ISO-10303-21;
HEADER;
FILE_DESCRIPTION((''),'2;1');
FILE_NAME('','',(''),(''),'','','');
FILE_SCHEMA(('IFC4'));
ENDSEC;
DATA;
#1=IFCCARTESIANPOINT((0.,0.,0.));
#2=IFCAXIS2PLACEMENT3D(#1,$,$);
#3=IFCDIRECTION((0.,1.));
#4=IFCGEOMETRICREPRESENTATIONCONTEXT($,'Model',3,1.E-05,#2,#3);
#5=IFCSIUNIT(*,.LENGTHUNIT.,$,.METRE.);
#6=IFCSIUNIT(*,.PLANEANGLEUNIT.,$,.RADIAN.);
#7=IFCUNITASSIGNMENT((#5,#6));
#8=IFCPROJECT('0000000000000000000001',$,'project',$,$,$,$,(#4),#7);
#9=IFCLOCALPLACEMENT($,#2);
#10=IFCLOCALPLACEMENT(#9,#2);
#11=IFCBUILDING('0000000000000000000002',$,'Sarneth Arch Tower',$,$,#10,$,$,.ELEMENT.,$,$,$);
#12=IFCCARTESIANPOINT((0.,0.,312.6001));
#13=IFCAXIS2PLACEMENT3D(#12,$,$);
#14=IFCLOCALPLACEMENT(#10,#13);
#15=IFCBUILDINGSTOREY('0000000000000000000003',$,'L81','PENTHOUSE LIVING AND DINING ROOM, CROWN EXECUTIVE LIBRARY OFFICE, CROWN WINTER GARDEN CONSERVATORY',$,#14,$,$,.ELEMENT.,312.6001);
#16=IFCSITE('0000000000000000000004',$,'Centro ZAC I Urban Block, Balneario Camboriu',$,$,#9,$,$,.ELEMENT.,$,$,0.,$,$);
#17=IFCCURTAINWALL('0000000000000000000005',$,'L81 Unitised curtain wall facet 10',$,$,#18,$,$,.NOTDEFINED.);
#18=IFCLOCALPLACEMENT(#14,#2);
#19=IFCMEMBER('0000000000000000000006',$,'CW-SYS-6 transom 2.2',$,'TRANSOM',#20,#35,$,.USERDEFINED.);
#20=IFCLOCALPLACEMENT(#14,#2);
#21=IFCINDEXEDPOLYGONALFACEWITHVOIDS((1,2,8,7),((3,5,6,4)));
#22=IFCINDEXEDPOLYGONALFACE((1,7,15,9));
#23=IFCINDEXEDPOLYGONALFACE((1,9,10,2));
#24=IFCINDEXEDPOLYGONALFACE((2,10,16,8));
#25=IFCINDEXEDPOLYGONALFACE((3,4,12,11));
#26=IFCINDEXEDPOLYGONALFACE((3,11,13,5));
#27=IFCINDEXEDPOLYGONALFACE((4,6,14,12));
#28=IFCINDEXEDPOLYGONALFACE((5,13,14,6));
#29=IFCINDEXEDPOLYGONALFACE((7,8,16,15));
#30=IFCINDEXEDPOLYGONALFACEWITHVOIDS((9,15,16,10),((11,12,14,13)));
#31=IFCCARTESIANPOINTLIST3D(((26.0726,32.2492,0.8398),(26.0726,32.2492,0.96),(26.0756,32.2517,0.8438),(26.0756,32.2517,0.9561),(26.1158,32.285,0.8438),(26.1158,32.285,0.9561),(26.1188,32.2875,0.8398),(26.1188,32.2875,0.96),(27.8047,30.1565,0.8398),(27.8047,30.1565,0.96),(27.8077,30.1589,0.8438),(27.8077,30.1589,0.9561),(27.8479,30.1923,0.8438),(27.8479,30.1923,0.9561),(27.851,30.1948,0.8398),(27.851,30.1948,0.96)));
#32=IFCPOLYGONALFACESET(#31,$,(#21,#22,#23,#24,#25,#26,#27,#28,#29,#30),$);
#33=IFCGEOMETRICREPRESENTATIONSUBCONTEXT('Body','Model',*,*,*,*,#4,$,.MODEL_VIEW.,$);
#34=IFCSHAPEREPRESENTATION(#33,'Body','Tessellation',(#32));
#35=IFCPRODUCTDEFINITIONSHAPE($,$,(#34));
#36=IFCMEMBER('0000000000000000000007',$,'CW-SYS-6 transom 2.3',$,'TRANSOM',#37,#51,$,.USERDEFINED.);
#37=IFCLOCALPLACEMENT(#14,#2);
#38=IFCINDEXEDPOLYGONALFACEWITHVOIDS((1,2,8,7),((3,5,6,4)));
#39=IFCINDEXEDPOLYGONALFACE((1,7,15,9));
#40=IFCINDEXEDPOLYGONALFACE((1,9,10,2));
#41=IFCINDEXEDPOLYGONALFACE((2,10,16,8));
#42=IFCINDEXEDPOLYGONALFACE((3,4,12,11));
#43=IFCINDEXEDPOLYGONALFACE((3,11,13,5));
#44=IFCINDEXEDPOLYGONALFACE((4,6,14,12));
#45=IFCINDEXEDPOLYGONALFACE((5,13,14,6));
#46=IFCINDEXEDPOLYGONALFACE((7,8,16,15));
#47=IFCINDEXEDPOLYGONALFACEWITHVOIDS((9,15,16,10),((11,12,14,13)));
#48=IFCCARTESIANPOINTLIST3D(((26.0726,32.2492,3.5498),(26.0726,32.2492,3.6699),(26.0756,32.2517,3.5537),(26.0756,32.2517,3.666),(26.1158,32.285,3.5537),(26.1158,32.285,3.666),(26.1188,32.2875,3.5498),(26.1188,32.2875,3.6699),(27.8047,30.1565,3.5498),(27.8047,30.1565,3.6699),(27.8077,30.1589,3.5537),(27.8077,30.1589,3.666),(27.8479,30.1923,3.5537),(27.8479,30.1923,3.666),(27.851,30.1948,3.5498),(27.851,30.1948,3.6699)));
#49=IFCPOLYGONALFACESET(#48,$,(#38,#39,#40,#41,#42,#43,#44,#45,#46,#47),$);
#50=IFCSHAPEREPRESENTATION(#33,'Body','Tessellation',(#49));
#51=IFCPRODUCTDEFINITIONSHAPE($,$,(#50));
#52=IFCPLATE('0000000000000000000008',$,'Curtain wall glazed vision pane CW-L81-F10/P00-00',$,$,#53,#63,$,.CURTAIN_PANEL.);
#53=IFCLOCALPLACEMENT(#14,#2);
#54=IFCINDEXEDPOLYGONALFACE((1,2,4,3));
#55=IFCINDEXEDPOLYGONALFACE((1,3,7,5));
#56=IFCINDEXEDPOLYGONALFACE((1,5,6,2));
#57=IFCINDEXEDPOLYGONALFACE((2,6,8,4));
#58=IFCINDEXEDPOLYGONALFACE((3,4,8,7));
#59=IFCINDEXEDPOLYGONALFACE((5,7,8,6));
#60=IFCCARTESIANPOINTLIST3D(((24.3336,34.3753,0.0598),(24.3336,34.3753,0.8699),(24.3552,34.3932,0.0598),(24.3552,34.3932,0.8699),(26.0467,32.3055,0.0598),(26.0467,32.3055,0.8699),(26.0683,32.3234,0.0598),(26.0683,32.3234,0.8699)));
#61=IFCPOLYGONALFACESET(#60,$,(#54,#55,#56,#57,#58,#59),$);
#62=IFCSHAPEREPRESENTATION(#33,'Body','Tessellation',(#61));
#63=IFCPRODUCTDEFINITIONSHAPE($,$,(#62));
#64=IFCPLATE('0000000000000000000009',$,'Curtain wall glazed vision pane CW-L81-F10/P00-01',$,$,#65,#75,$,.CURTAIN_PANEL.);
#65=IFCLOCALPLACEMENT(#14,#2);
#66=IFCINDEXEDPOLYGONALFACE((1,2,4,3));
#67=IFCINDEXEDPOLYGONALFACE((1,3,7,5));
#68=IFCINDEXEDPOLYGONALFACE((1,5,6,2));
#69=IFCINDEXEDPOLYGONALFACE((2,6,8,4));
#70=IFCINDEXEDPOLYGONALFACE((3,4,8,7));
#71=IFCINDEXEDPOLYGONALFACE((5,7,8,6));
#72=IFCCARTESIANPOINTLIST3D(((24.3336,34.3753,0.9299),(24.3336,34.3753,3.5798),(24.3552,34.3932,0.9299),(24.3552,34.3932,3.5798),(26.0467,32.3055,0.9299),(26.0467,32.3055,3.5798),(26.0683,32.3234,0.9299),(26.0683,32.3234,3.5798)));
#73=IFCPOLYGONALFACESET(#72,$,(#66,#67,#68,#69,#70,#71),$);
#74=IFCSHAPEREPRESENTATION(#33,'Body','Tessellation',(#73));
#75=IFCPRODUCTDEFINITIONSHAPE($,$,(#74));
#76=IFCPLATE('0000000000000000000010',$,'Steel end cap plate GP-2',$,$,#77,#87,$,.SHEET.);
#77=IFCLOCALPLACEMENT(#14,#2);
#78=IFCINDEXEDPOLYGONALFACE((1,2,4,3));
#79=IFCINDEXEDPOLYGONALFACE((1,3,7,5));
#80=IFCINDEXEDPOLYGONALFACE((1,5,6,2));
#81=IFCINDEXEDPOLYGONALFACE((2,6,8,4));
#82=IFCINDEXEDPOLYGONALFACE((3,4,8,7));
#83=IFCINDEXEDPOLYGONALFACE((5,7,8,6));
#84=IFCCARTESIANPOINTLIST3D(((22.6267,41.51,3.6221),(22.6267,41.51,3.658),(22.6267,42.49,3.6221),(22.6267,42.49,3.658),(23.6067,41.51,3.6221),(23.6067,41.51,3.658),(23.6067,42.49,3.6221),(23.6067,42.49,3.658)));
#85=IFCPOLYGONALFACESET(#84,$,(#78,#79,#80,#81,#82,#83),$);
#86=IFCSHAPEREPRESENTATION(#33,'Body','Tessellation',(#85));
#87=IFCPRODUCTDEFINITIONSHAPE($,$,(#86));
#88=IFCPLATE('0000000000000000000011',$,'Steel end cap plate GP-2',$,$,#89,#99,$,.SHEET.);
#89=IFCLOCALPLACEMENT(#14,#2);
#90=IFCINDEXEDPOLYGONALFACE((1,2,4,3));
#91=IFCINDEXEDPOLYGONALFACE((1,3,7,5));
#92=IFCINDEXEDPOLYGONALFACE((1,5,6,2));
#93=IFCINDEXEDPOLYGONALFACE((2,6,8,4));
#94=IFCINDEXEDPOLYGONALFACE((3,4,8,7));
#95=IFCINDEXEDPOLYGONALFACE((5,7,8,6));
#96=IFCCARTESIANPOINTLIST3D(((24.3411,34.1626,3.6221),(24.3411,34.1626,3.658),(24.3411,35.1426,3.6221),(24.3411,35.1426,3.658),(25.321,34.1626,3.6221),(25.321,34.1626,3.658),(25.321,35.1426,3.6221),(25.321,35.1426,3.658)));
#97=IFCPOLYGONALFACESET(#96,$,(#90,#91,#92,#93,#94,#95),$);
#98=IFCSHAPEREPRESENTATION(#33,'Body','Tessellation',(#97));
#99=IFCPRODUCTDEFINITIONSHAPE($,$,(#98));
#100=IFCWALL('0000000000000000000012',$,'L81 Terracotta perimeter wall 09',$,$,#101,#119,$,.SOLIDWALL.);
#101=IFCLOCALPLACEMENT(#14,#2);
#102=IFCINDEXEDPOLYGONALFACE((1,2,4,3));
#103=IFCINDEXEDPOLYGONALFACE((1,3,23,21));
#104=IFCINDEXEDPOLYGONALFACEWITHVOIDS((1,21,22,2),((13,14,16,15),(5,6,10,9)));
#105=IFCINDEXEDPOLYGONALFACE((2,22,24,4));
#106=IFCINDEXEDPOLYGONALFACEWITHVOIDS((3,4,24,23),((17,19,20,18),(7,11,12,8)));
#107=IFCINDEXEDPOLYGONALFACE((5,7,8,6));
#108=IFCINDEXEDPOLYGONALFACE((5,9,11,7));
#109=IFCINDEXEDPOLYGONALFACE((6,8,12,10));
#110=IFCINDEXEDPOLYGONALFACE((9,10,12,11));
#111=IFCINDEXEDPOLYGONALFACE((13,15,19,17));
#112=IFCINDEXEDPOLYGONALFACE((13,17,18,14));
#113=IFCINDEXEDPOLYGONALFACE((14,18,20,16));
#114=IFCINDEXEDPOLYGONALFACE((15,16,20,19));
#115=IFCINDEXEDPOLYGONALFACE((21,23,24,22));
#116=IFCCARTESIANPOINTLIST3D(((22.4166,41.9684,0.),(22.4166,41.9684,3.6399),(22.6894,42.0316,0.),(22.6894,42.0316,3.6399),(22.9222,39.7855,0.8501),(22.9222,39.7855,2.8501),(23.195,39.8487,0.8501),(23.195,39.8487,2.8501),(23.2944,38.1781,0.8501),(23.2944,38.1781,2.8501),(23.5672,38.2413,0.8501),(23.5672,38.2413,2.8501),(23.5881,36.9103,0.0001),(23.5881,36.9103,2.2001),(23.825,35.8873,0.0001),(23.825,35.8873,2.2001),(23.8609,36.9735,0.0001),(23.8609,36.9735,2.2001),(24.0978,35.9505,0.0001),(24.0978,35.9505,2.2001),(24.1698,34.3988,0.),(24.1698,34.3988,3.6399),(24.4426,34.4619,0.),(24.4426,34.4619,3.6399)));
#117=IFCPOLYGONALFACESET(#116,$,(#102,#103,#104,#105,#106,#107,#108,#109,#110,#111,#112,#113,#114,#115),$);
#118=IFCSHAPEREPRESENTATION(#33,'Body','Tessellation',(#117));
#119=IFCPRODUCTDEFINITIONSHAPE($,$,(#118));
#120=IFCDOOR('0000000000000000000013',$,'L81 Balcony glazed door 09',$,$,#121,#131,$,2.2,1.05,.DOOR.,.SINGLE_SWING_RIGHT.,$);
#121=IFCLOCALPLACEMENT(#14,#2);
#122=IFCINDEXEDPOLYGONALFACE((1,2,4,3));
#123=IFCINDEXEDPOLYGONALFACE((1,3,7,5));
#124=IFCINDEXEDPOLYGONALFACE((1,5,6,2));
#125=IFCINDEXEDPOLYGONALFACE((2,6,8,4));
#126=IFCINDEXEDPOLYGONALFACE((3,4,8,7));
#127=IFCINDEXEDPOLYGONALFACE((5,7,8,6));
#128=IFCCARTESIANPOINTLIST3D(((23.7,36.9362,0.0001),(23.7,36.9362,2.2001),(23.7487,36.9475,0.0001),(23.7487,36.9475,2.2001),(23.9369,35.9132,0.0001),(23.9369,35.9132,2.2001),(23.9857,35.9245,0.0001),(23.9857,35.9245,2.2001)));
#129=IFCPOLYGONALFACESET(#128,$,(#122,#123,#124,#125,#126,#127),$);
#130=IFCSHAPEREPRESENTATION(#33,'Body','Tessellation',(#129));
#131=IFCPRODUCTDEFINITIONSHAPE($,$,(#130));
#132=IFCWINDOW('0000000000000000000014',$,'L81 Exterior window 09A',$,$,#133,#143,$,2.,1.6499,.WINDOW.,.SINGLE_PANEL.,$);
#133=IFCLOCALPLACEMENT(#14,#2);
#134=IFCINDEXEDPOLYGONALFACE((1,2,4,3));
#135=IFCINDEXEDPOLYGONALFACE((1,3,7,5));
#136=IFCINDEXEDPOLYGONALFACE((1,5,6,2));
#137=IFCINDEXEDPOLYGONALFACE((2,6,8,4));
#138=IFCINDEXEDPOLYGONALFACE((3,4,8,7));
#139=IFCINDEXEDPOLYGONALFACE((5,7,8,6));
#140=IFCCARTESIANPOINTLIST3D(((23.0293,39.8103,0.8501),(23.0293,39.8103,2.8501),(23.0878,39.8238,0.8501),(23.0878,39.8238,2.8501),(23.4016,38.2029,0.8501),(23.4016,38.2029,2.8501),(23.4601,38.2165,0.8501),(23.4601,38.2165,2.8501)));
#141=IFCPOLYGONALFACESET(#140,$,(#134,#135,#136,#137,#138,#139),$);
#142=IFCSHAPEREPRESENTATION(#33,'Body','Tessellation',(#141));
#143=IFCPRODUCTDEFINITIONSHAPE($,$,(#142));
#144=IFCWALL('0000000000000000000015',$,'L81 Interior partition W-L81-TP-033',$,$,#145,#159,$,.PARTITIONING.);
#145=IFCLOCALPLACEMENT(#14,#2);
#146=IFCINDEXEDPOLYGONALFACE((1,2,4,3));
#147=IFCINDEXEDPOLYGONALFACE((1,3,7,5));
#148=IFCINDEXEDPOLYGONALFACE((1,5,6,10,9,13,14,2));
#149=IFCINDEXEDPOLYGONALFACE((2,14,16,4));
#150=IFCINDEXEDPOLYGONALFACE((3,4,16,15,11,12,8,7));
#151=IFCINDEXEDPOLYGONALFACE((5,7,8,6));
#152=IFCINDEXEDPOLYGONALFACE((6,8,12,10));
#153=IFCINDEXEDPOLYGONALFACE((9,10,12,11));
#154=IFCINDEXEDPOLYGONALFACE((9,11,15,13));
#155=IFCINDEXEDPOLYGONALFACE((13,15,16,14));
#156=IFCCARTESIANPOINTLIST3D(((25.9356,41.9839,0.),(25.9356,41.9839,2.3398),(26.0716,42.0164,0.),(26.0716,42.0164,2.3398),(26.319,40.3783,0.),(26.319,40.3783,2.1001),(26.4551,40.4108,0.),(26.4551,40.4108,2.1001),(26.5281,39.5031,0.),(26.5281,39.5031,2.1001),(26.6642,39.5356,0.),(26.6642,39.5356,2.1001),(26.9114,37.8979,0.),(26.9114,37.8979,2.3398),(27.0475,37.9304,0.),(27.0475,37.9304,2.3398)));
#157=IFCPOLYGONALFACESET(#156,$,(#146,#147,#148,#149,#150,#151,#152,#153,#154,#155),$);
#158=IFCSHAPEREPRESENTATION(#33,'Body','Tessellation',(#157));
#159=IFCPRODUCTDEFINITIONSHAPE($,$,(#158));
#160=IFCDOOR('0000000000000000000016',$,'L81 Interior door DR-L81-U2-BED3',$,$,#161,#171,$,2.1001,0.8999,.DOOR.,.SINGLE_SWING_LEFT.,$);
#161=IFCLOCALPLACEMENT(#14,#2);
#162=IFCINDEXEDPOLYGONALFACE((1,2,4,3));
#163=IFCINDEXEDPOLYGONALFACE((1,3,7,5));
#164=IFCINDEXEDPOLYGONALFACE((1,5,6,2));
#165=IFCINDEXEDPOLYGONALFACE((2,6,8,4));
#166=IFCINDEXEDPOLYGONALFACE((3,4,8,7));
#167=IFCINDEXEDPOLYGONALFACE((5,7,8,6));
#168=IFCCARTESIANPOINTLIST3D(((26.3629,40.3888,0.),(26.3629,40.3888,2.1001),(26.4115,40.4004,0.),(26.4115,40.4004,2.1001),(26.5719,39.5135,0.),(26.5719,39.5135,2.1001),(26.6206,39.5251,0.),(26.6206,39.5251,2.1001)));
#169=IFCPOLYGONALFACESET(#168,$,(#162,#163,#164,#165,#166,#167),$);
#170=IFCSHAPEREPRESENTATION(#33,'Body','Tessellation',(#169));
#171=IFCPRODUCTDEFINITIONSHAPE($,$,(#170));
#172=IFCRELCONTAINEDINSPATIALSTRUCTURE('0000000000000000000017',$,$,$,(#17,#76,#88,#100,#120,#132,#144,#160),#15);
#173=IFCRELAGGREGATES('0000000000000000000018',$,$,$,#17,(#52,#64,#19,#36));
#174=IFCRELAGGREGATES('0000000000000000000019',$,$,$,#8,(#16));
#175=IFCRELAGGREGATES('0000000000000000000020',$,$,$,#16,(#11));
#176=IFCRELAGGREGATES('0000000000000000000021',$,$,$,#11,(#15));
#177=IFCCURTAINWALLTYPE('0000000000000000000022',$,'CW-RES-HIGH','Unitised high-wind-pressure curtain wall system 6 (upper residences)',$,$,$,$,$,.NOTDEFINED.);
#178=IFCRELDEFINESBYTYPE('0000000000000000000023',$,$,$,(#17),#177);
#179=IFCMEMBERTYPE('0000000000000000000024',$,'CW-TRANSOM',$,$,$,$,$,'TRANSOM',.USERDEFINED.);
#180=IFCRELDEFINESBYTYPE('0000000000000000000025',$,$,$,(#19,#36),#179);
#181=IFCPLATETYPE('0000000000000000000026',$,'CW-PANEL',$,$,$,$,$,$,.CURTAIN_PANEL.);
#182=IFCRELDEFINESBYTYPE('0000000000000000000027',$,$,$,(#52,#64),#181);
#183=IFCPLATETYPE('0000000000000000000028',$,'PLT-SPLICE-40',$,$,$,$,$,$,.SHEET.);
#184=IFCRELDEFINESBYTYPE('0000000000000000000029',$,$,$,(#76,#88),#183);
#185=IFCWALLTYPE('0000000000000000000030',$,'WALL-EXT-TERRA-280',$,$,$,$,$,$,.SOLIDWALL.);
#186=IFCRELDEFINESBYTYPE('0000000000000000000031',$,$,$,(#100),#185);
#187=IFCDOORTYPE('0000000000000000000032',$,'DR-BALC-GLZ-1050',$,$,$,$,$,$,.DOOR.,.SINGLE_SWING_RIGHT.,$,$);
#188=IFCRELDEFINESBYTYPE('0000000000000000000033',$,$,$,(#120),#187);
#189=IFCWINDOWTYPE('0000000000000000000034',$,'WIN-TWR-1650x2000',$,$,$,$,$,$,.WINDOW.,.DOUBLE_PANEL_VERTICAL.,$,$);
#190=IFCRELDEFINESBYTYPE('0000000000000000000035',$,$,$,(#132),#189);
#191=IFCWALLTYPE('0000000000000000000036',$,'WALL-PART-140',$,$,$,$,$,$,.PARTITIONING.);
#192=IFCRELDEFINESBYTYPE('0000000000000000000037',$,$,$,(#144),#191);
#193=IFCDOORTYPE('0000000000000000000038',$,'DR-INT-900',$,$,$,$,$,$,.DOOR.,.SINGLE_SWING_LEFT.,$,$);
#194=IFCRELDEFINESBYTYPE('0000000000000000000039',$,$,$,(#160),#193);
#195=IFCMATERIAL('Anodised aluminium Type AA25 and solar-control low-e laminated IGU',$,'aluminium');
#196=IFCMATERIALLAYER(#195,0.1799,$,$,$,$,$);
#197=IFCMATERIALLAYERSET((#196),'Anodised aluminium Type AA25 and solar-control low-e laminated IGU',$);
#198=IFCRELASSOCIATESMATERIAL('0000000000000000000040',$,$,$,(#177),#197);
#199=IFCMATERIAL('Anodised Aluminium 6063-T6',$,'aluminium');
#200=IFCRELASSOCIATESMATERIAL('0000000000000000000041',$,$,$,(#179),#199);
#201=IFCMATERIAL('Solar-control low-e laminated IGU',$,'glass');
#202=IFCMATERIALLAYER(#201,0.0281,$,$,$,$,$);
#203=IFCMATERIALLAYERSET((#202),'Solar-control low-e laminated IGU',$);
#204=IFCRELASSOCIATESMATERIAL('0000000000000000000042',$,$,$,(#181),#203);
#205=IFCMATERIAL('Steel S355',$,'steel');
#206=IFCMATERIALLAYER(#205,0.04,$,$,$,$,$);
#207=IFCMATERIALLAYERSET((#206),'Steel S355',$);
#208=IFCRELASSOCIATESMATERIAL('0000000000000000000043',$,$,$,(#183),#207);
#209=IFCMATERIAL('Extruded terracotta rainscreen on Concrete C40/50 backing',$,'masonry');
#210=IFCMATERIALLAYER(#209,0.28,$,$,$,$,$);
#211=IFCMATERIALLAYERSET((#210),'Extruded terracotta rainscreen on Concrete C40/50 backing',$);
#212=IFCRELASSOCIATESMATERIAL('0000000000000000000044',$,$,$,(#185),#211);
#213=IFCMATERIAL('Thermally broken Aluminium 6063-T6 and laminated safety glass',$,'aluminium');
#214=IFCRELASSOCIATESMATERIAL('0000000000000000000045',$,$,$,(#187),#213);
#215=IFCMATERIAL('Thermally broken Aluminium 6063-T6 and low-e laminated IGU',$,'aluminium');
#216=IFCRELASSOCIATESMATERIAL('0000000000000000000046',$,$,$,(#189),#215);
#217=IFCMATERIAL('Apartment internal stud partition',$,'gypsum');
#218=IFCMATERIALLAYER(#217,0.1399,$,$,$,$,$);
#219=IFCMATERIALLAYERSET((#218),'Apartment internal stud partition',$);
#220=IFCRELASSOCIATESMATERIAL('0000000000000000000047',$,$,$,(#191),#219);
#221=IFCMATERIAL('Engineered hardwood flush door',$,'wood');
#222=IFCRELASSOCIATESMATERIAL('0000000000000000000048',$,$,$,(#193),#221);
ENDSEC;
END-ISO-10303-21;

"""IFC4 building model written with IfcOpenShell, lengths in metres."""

from ifc_helpers import new_model, si_unit, direction, frame, frame_2d, origin, origin_2d, place, context, subcontext, project, spatial, rectangle, hollow_rectangle, extrude, material, layer, layer_set, material_profile, profile_set, type_object, element, fill, aggregate, save


model = new_model("IFC4")

# Units and contexts
model_context = context("Model", 3, precision=1e-05, world=origin(), true_north=direction((0.0, 1.0)))
body_context = subcontext(model_context, "Body", "Model", "MODEL_VIEW")
ifc_project = project(units=[si_unit("LENGTHUNIT", "METRE"), si_unit("PLANEANGLEUNIT", "RADIAN")], contexts=[model_context])

# Site, building, storey
site_placement = place(None, origin())
site = spatial("IfcSite", under=ifc_project, at=site_placement, Name="Centro ZAC I Urban Block, Balneario Camboriu", CompositionType="ELEMENT", RefElevation=0.0)
building_placement = place(site_placement, origin())
building = spatial("IfcBuilding", under=site, at=building_placement, Name="Sarneth Arch Tower", CompositionType="ELEMENT")
storey_placement = place(building_placement, frame((0.0, 0.0, 312.6001)))
storey = spatial("IfcBuildingStorey", under=building, at=storey_placement, Name="L81", Description="PENTHOUSE LIVING AND DINING ROOM, CROWN EXECUTIVE LIBRARY OFFICE, CROWN WINTER GARDEN CONSERVATORY", CompositionType="ELEMENT", Elevation=312.6001)

# Curtain wall, members, plates
ifc_material_1 = material(Name="Anodised aluminium Type AA25 and solar-control low-e laminated IGU", Category="aluminium")
ifc_layer_1 = layer(ifc_material_1, 0.1799)
ifc_layer_set_1 = layer_set([ifc_layer_1], Name="Anodised aluminium Type AA25 and solar-control low-e laminated IGU")
curtain_wall_type = type_object("IfcCurtainWallType", Name="CW-RES-HIGH", Description="Unitised high-wind-pressure curtain wall system 6 (upper residences)", PredefinedType="NOTDEFINED", material=ifc_layer_set_1)
curtain_wall_placement = place(storey_placement, origin())
curtain_wall = element("IfcCurtainWall", 1, at=curtain_wall_placement, inside=storey, type_object=curtain_wall_type, Name="L81 Unitised curtain wall facet 10", PredefinedType="NOTDEFINED")
ifc_material_2 = material(Name="Anodised Aluminium 6063-T6", Category="aluminium")
ifc_material_profile_1 = material_profile(ifc_material_2, hollow_rectangle(XDim=0.0601, YDim=0.1201, WallThickness=0.0039, at=origin_2d()), Name="AL-TRAN-120x60x4")
ifc_profile_set_1 = profile_set([ifc_material_profile_1], Name="Anodised Aluminium 6063-T6")
member_type_1 = type_object("IfcMemberType", Name="CW-TRANSOM", ElementType="TRANSOM", PredefinedType="USERDEFINED", material=ifc_profile_set_1)
member_1_placement = place(storey_placement, frame((26.0957, 32.2683, 0.8999), z_axis=(0.637617, -0.770353, 0.0), x_axis=(0.770353, 0.637617, 0.0)))
member_1 = element("IfcMember", 2, at=member_1_placement, type_object=member_type_1, Name="CW-SYS-6 transom 2.2", ObjectType="TRANSOM", PredefinedType="USERDEFINED", context=body_context, shape_type="SweptSolid", body=[
    extrude(hollow_rectangle(XDim=0.0601, YDim=0.1201, WallThickness=0.0039, at=origin_2d()), origin(), (0.0, 0.0, 1.0), 2.7166),
])
member_2_placement = place(storey_placement, frame((26.0957, 32.2683, 3.6099), z_axis=(0.637617, -0.770353, 0.0), x_axis=(0.770353, 0.637617, 0.0)))
member_2 = element("IfcMember", 3, at=member_2_placement, type_object=member_type_1, Name="CW-SYS-6 transom 2.3", ObjectType="TRANSOM", PredefinedType="USERDEFINED", context=body_context, shape_type="SweptSolid", body=[
    extrude(hollow_rectangle(XDim=0.0601, YDim=0.1201, WallThickness=0.0039, at=origin_2d()), origin(), (0.0, 0.0, 1.0), 2.7166),
])
ifc_material_3 = material(Name="Solar-control low-e laminated IGU", Category="glass")
ifc_layer_2 = layer(ifc_material_3, 0.0281)
ifc_layer_set_2 = layer_set([ifc_layer_2], Name="Solar-control low-e laminated IGU")
plate_type_1 = type_object("IfcPlateType", Name="CW-PANEL", PredefinedType="CURTAIN_PANEL", material=ifc_layer_set_2)
plate_1_placement = place(storey_placement, frame((25.2009, 33.3494, 0.0598), z_axis=(0.0, 0.0, 1.0), x_axis=(0.63761, -0.770359, 0.0)))
plate_1 = element("IfcPlate", 4, at=plate_1_placement, type_object=plate_type_1, Name="Curtain wall glazed vision pane CW-L81-F10/P00-00", PredefinedType="CURTAIN_PANEL", context=body_context, shape_type="SweptSolid", body=[
    extrude(rectangle(XDim=2.6868, YDim=0.0281, at=origin_2d()), origin(), (0.0, 0.0, 1.0), 0.8101),
])
plate_2_placement = place(storey_placement, frame((25.2009, 33.3494, 0.9299), z_axis=(0.0, 0.0, 1.0), x_axis=(0.63761, -0.770359, 0.0)))
plate_2 = element("IfcPlate", 5, at=plate_2_placement, type_object=plate_type_1, Name="Curtain wall glazed vision pane CW-L81-F10/P00-01", PredefinedType="CURTAIN_PANEL", context=body_context, shape_type="SweptSolid", body=[
    extrude(rectangle(XDim=2.6868, YDim=0.0281, at=origin_2d()), origin(), (0.0, 0.0, 1.0), 2.6499),
])
aggregate(curtain_wall, [plate_1, plate_2, member_1, member_2])

# Plates
ifc_material_4 = material(Name="Steel S355", Category="steel")
ifc_layer_3 = layer(ifc_material_4, 0.04)
ifc_layer_set_3 = layer_set([ifc_layer_3], Name="Steel S355")
plate_type_2 = type_object("IfcPlateType", Name="PLT-SPLICE-40", PredefinedType="SHEET", material=ifc_layer_set_3)
for number, where, z_axis, x_axis, name in (
    (6, (23.1167, 42.0, 3.6221), (0.0, 0.0, 1.0), (1.0, 0.0, 0.0), "Steel end cap plate GP-2"),
    (7, (24.8311, 34.6526, 3.6221), (0.0, 0.0, 1.0), (1.0, 0.0, 0.0), "Steel end cap plate GP-2"),
):
    element("IfcPlate", number, at=place(storey_placement, frame(where, z_axis=z_axis, x_axis=x_axis)), inside=storey, type_object=plate_type_2, Name=name, PredefinedType="SHEET", context=body_context, shape_type="SweptSolid", body=[
        extrude(rectangle(XDim=0.98, YDim=0.98, at=origin_2d()), origin(), (0.0, 0.0, 1.0), 0.0359),
    ])

# Wall, openings, door, window
ifc_material_5 = material(Name="Extruded terracotta rainscreen on Concrete C40/50 backing", Category="masonry")
ifc_layer_4 = layer(ifc_material_5, 0.28)
ifc_layer_set_4 = layer_set([ifc_layer_4], Name="Extruded terracotta rainscreen on Concrete C40/50 backing")
wall_type_1 = type_object("IfcWallType", Name="WALL-EXT-TERRA-280", PredefinedType="SOLIDWALL", material=ifc_layer_set_4)
wall_1_placement = place(storey_placement, frame((22.553, 42.0, 0.0), z_axis=(0.0, 0.0, 1.0), x_axis=(0.225635, -0.974212, 0.0)))
wall_1 = element("IfcWall", 8, at=wall_1_placement, inside=storey, type_object=wall_type_1, Name="L81 Terracotta perimeter wall 09", PredefinedType="SOLIDWALL", context=body_context, shape_type="SweptSolid", body=[
    extrude(rectangle(XDim=7.77, YDim=0.28, at=frame_2d((3.885, 0.0))), origin(), (0.0, 0.0, 1.0), 3.6399),
])
opening_1_placement = place(wall_1_placement, frame((2.2407, 0.0, 0.8501)))
opening_1 = element("IfcOpeningElement", 9, at=opening_1_placement, cuts=wall_1, PredefinedType="OPENING", context=body_context, shape_type="SweptSolid", body=[
    extrude(rectangle(XDim=1.6499, YDim=2.0, at=frame_2d((0.825, 1.0))), frame((0.0, 0.1499, 0.0), z_axis=(0.0, -1.0, 0.0), x_axis=(1.0, 0.0, 0.0)), (0.0, 0.0, 1.0), 0.3),
])
opening_2_placement = place(wall_1_placement, frame((5.1921, 0.0, 0.0)))
opening_2 = element("IfcOpeningElement", 10, at=opening_2_placement, cuts=wall_1, PredefinedType="OPENING", context=body_context, shape_type="SweptSolid", body=[
    extrude(rectangle(XDim=1.05, YDim=2.2, at=frame_2d((0.5249, 1.1001))), frame((0.0, 0.1499, 0.0), z_axis=(0.0, -1.0, 0.0), x_axis=(1.0, 0.0, 0.0)), (0.0, 0.0, 1.0), 0.3),
])
ifc_material_6 = material(Name="Thermally broken Aluminium 6063-T6 and laminated safety glass", Category="aluminium")
door_type_1 = type_object("IfcDoorType", Name="DR-BALC-GLZ-1050", OperationType="SINGLE_SWING_RIGHT", PredefinedType="DOOR", material=ifc_material_6)
door_1_placement = place(opening_2_placement, origin())
door_1 = element("IfcDoor", 11, at=door_1_placement, inside=storey, type_object=door_type_1, Name="L81 Balcony glazed door 09", OperationType="SINGLE_SWING_RIGHT", OverallHeight=2.2, OverallWidth=1.05, PredefinedType="DOOR", context=body_context, shape_type="SweptSolid", body=[
    extrude(rectangle(XDim=1.05, YDim=2.2, at=frame_2d((0.5249, 1.1001))), frame((0.0, 0.0249, 0.0), z_axis=(0.0, -1.0, 0.0), x_axis=(1.0, 0.0, 0.0)), (0.0, 0.0, 1.0), 0.05),
])
fill(opening_2, door_1)
ifc_material_7 = material(Name="Thermally broken Aluminium 6063-T6 and low-e laminated IGU", Category="aluminium")
window_type = type_object("IfcWindowType", Name="WIN-TWR-1650x2000", PartitioningType="DOUBLE_PANEL_VERTICAL", PredefinedType="WINDOW", material=ifc_material_7)
window_placement = place(opening_1_placement, origin())
window = element("IfcWindow", 12, at=window_placement, inside=storey, type_object=window_type, Name="L81 Exterior window 09A", OverallHeight=2.0, OverallWidth=1.6499, PartitioningType="SINGLE_PANEL", PredefinedType="WINDOW", context=body_context, shape_type="SweptSolid", body=[
    extrude(rectangle(XDim=1.6499, YDim=2.0, at=frame_2d((0.825, 1.0))), frame((0.0, 0.03, 0.0), z_axis=(0.0, -1.0, 0.0), x_axis=(1.0, 0.0, 0.0)), (0.0, 0.0, 1.0), 0.0601),
])
fill(opening_1, window)

# Wall, opening, door
ifc_material_8 = material(Name="Apartment internal stud partition", Category="gypsum")
ifc_layer_5 = layer(ifc_material_8, 0.1399)
ifc_layer_set_5 = layer_set([ifc_layer_5], Name="Apartment internal stud partition")
wall_type_2 = type_object("IfcWallType", Name="WALL-PART-140", PredefinedType="PARTITIONING", material=ifc_layer_set_5)
wall_2_placement = place(storey_placement, frame((26.9795, 37.9141, 0.0), z_axis=(0.0, 0.0, 1.0), x_axis=(-0.232294, 0.972646, 0.0)))
wall_2 = element("IfcWall", 13, at=wall_2_placement, inside=storey, type_object=wall_type_2, Name="L81 Interior partition W-L81-TP-033", PredefinedType="PARTITIONING", context=body_context, shape_type="SweptSolid", body=[
    extrude(rectangle(XDim=4.2009, YDim=0.1399, at=frame_2d((2.1006, 0.0))), origin(), (0.0, 0.0, 1.0), 2.3398),
])
opening_3_placement = place(wall_2_placement, frame((1.6504, 0.0, 0.0)))
opening_3 = element("IfcOpeningElement", 14, at=opening_3_placement, cuts=wall_2, PredefinedType="OPENING", context=body_context, shape_type="SweptSolid", body=[
    extrude(rectangle(XDim=0.8999, YDim=2.1001, at=frame_2d((0.45, 1.05))), frame((0.0, 0.0798, 0.0), z_axis=(0.0, -1.0, 0.0), x_axis=(1.0, 0.0, 0.0)), (0.0, 0.0, 1.0), 0.1599),
])
ifc_material_9 = material(Name="Engineered hardwood flush door", Category="wood")
door_type_2 = type_object("IfcDoorType", Name="DR-INT-900", OperationType="SINGLE_SWING_LEFT", PredefinedType="DOOR", material=ifc_material_9)
door_2_placement = place(opening_3_placement, origin())
door_2 = element("IfcDoor", 15, at=door_2_placement, inside=storey, type_object=door_type_2, Name="L81 Interior door DR-L81-U2-BED3", OperationType="SINGLE_SWING_LEFT", OverallHeight=2.1001, OverallWidth=0.8999, PredefinedType="DOOR", context=body_context, shape_type="SweptSolid", body=[
    extrude(rectangle(XDim=0.8999, YDim=2.1001, at=frame_2d((0.45, 1.05))), frame((0.0, 0.0249, 0.0), z_axis=(0.0, -1.0, 0.0), x_axis=(1.0, 0.0, 0.0)), (0.0, 0.0, 1.0), 0.05),
])
fill(opening_3, door_2)

save(model, "model.ifc")
